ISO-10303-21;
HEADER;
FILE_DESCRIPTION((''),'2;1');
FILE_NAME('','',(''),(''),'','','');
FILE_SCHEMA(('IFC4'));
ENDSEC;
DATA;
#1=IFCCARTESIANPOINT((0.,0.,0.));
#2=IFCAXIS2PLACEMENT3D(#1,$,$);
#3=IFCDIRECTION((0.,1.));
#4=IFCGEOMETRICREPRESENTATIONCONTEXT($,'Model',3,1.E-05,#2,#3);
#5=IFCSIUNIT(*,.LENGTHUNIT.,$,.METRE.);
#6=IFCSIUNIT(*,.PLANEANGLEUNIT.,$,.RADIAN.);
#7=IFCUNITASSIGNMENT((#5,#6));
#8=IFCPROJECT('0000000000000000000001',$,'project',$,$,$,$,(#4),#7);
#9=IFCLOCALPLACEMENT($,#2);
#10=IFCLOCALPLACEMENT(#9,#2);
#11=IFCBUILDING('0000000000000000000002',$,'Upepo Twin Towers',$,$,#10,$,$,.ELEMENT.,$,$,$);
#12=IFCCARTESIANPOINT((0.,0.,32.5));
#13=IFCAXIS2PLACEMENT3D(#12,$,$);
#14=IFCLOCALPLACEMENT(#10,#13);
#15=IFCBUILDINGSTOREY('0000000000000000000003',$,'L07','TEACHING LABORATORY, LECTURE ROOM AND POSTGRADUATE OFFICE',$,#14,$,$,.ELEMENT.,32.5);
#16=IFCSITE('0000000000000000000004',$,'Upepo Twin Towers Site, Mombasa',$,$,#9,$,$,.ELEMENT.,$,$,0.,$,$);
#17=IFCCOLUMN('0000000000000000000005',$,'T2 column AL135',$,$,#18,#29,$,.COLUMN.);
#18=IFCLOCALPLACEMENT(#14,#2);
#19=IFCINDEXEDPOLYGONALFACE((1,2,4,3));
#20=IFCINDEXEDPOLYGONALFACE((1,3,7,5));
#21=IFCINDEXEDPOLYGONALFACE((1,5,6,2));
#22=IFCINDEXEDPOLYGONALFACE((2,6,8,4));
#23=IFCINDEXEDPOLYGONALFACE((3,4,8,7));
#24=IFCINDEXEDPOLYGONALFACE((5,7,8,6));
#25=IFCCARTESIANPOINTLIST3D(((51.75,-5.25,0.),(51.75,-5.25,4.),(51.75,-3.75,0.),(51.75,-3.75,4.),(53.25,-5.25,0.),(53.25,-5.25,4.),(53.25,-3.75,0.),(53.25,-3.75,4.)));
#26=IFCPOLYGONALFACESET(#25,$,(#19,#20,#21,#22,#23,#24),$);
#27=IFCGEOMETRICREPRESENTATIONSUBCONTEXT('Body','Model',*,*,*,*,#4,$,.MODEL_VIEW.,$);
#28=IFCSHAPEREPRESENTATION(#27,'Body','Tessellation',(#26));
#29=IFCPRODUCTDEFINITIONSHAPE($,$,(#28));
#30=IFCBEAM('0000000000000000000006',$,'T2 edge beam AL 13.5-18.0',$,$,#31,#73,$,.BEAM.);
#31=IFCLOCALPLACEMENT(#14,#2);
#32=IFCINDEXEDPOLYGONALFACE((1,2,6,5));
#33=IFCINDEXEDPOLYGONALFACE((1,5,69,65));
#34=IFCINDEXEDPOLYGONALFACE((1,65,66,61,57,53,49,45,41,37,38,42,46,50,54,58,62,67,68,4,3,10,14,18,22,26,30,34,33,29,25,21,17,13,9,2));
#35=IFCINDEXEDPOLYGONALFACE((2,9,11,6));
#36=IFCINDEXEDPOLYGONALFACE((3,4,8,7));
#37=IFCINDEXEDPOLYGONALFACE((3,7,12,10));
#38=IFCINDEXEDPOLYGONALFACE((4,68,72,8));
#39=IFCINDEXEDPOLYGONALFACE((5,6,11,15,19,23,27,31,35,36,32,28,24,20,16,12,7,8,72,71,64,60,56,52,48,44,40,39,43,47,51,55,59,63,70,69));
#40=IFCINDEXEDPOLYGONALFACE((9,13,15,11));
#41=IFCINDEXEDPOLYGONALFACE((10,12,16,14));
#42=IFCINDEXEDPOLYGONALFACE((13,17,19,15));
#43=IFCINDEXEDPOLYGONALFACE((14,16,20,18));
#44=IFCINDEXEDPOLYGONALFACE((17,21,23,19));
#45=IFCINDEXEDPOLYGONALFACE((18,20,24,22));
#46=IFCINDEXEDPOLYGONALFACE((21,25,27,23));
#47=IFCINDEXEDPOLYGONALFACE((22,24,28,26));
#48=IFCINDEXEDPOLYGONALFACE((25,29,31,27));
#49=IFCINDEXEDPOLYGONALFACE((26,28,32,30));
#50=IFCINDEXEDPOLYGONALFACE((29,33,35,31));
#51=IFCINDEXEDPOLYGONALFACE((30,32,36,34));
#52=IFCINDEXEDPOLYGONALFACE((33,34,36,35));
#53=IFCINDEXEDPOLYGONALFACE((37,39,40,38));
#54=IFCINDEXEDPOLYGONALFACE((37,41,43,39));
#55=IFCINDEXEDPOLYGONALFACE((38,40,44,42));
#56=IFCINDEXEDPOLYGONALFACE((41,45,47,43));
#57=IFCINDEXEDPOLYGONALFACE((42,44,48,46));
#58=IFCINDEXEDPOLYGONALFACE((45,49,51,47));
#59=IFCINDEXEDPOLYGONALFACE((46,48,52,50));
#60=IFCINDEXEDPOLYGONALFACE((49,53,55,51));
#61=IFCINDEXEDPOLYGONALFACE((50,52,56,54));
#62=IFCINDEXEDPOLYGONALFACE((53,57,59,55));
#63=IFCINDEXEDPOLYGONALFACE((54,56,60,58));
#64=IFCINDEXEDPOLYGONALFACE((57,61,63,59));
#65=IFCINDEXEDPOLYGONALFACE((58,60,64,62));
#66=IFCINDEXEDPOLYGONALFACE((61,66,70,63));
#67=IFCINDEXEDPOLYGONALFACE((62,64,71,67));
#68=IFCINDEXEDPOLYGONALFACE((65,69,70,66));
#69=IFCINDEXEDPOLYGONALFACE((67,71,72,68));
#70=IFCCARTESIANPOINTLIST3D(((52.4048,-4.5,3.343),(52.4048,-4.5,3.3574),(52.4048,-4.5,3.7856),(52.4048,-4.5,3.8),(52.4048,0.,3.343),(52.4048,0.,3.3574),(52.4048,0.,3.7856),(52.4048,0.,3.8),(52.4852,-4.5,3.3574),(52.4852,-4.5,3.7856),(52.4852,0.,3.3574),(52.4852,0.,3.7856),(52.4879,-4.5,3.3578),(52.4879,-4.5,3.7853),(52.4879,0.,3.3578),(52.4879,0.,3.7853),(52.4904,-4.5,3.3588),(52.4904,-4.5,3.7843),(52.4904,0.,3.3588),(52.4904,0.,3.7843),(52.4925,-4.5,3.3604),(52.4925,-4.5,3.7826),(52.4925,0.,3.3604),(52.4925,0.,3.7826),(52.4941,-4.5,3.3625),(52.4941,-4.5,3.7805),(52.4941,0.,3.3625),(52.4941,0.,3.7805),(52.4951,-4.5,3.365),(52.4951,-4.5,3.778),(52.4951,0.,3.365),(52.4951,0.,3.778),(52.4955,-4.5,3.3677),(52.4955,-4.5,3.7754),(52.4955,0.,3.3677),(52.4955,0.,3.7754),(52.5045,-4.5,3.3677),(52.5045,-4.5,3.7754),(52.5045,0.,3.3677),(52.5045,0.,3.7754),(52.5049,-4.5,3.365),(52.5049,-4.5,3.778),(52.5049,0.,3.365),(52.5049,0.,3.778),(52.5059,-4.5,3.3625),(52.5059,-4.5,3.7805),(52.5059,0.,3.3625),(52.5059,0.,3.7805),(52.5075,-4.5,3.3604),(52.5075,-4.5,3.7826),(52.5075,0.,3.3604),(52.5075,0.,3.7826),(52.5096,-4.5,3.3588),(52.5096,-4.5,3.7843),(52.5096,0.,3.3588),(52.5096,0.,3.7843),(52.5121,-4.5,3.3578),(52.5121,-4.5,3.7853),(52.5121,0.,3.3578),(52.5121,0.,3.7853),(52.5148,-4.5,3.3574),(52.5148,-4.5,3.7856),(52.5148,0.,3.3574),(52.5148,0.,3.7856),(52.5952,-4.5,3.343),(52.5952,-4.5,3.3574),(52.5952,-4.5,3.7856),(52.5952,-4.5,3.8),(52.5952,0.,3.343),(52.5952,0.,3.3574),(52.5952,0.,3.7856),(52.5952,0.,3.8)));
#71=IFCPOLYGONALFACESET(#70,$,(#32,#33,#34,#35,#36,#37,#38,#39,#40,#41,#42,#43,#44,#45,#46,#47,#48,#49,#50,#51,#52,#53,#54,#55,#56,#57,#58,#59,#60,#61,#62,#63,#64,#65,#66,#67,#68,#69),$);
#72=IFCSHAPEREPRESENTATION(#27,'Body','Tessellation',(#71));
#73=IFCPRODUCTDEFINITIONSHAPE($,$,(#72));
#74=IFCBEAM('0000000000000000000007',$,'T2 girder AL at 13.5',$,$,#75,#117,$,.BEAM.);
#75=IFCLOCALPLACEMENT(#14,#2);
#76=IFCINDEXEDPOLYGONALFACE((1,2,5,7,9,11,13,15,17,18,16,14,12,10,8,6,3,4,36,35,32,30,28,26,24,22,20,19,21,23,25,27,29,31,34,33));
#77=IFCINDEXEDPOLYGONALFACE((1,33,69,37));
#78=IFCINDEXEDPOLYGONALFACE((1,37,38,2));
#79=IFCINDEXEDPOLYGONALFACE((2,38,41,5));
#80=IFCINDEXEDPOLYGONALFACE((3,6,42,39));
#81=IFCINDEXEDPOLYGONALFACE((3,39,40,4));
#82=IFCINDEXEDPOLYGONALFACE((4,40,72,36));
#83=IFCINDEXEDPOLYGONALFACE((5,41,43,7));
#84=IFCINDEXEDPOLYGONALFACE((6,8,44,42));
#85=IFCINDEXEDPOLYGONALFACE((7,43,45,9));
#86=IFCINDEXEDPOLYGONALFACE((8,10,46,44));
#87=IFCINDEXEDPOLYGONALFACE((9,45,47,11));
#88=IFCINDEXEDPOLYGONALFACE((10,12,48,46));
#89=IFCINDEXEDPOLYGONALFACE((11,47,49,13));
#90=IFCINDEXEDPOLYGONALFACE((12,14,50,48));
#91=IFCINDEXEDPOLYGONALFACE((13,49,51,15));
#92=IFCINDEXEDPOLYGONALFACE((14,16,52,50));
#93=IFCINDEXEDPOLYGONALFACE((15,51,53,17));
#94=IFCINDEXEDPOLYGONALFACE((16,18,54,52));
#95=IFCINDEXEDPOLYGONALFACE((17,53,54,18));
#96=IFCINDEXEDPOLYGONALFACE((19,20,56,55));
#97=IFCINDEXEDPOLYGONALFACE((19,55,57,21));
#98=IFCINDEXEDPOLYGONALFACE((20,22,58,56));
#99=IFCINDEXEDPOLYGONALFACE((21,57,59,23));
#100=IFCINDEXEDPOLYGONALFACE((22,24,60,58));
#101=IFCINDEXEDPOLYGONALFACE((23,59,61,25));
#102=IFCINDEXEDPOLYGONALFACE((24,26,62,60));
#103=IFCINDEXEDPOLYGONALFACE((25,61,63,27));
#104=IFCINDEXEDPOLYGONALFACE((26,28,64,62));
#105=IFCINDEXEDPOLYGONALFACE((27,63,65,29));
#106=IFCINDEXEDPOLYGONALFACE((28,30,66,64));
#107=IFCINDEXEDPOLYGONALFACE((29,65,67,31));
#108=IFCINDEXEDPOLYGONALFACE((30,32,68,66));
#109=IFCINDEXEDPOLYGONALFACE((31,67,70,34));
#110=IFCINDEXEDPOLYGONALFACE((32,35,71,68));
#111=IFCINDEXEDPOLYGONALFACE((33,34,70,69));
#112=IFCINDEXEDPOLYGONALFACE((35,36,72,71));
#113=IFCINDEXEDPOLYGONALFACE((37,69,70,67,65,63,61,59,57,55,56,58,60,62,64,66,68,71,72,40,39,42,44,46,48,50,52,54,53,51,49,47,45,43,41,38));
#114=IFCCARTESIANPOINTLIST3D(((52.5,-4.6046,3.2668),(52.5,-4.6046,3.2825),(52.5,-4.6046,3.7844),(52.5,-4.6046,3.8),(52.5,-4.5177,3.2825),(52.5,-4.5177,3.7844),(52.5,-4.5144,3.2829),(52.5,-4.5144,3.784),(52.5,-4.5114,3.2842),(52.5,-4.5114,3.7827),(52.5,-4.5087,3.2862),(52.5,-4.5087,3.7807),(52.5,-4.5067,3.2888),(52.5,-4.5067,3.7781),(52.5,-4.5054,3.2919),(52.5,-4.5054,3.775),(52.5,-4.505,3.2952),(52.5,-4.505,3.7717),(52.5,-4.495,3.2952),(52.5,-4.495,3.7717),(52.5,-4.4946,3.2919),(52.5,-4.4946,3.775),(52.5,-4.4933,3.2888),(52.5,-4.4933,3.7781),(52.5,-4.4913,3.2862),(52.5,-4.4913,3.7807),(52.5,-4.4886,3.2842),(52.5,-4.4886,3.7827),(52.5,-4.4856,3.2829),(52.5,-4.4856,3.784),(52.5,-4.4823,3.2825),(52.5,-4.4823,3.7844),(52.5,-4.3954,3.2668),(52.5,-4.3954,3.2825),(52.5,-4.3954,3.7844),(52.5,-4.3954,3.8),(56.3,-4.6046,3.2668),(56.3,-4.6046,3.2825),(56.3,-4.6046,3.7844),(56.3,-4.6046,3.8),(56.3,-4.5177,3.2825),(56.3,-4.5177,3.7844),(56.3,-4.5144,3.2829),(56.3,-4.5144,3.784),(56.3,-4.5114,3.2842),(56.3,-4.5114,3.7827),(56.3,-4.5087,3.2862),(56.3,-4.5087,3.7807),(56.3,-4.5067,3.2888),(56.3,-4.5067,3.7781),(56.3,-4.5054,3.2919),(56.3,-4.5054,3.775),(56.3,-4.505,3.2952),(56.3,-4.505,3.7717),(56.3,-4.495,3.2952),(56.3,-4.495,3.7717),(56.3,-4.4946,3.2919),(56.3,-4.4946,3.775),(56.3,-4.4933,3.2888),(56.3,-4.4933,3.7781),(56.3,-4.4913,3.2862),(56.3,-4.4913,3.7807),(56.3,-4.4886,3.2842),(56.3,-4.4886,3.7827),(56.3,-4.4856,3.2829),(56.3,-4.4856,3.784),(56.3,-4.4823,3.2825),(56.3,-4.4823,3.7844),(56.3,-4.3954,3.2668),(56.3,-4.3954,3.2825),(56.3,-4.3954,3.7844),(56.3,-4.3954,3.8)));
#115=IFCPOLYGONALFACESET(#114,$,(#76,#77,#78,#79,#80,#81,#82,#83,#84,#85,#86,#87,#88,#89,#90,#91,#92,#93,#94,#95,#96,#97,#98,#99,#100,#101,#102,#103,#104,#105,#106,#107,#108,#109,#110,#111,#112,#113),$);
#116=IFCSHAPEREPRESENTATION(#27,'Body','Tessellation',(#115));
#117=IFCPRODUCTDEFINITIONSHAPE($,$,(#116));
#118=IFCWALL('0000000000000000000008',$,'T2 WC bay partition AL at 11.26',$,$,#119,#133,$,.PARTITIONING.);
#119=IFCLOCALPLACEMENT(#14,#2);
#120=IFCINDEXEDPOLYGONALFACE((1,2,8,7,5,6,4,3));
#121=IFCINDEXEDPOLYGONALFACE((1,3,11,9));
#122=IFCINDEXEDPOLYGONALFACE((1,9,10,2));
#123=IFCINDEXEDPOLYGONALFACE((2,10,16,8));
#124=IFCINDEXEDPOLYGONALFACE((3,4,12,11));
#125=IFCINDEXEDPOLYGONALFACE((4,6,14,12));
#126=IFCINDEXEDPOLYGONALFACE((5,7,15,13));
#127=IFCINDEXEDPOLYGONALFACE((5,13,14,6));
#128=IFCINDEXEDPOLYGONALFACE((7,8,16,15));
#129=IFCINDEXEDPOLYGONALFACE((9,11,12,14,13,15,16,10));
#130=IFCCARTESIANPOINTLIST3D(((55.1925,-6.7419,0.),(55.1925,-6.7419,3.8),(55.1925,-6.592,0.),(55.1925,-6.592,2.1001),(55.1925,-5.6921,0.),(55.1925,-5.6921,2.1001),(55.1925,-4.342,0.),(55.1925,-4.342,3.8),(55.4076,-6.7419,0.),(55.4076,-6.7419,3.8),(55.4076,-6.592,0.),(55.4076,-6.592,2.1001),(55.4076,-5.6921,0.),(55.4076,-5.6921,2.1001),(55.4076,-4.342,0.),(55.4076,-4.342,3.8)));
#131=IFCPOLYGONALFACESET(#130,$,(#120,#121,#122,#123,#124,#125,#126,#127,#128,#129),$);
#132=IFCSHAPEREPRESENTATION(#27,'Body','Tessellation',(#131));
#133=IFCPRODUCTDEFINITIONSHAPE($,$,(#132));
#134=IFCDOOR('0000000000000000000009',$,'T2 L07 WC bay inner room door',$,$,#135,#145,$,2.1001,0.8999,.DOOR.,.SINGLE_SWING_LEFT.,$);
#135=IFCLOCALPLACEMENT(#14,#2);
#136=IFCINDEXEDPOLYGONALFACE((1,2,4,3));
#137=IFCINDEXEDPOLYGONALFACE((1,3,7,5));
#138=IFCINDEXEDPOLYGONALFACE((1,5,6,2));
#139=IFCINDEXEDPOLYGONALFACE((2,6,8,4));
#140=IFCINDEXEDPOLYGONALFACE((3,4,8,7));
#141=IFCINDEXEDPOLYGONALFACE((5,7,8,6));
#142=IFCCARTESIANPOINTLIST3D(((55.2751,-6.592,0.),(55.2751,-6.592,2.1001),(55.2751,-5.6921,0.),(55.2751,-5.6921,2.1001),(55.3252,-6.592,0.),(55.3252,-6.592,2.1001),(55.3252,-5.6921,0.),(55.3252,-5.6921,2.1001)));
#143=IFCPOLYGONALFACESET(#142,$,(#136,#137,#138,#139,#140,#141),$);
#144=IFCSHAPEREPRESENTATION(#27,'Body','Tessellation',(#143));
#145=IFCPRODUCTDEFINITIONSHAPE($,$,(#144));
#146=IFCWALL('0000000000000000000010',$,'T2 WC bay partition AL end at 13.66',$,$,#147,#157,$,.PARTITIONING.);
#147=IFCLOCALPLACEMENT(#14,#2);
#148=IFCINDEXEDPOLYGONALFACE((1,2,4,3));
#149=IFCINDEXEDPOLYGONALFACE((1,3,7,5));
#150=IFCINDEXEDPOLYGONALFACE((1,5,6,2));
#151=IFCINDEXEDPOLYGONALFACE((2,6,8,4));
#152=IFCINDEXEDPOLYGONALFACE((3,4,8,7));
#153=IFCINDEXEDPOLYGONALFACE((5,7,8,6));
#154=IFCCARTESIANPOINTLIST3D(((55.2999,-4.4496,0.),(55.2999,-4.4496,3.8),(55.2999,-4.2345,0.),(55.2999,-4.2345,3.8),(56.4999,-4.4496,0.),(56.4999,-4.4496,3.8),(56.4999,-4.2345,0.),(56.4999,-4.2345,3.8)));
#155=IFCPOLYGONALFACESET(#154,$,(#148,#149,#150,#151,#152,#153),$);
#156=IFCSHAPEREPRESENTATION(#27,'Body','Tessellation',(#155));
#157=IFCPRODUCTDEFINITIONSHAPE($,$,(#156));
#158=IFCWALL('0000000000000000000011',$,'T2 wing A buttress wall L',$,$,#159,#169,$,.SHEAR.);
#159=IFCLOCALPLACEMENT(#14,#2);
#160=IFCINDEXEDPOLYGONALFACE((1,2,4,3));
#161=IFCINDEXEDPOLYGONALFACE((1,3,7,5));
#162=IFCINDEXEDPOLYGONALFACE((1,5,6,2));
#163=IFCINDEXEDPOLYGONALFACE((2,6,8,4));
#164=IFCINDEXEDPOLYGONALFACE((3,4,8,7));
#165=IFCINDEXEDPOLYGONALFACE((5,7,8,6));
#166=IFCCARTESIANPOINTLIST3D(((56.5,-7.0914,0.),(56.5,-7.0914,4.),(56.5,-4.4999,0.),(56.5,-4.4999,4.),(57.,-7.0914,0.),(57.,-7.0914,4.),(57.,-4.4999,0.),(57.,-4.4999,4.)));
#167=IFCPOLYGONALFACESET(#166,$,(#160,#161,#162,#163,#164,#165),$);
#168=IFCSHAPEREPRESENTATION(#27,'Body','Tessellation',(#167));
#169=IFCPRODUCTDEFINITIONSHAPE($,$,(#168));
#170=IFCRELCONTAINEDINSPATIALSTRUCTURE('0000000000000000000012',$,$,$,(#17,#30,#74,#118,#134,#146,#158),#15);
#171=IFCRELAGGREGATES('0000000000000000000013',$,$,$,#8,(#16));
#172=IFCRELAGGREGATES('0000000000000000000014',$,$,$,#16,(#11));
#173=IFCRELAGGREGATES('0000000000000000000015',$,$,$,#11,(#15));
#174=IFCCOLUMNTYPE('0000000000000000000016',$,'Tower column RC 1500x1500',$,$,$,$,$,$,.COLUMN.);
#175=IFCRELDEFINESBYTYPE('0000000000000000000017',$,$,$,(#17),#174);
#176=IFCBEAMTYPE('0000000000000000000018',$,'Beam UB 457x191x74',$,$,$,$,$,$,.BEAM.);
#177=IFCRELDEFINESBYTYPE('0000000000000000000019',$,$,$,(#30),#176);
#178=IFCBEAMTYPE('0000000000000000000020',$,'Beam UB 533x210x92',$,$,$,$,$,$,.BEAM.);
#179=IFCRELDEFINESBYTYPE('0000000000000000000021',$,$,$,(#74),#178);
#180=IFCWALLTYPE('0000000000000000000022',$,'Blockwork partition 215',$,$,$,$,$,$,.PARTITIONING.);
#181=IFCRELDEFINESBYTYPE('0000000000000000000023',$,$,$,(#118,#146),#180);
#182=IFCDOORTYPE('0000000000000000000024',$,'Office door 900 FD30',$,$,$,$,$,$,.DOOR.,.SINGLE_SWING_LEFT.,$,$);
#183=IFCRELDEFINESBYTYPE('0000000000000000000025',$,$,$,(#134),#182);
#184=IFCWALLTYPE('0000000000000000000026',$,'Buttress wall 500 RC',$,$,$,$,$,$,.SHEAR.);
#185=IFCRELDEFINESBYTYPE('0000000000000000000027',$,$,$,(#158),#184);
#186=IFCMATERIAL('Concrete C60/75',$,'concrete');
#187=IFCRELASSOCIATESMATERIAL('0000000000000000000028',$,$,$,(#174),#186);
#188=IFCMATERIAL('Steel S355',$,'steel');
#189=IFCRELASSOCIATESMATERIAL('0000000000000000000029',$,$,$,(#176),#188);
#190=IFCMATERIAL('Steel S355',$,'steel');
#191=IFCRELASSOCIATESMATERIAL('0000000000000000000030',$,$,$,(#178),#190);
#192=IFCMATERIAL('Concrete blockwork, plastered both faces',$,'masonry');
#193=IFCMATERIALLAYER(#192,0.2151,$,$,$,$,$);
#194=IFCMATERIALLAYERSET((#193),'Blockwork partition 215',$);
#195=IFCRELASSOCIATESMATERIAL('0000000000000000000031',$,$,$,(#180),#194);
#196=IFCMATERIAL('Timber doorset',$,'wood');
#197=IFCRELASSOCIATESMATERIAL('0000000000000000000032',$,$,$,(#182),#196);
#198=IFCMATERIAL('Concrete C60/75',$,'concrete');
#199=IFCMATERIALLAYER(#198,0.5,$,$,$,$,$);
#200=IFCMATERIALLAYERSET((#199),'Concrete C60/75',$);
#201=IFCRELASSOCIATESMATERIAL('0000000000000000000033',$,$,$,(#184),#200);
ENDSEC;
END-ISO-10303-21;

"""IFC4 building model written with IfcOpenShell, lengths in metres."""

from ifc_helpers import new_model, si_unit, direction, frame, frame_2d, origin, origin_2d, place, context, subcontext, project, spatial, rectangle, i_section, extrude, material, layer, layer_set, material_profile, profile_set, type_object, element, fill, save


model = new_model("IFC4")

# Units and contexts
model_context = context("Model", 3, precision=1e-05, world=origin(), true_north=direction((0.0, 1.0)))
body_context = subcontext(model_context, "Body", "Model", "MODEL_VIEW")
ifc_project = project(units=[si_unit("LENGTHUNIT", "METRE"), si_unit("PLANEANGLEUNIT", "RADIAN")], contexts=[model_context])

# Site, building, storey
site_placement = place(None, origin())
site = spatial("IfcSite", under=ifc_project, at=site_placement, Name="Upepo Twin Towers Site, Mombasa", CompositionType="ELEMENT", RefElevation=0.0)
building_placement = place(site_placement, origin())
building = spatial("IfcBuilding", under=site, at=building_placement, Name="Upepo Twin Towers", CompositionType="ELEMENT")
storey_placement = place(building_placement, frame((0.0, 0.0, 32.5)))
storey = spatial("IfcBuildingStorey", under=building, at=storey_placement, Name="L07", Description="TEACHING LABORATORY, LECTURE ROOM AND POSTGRADUATE OFFICE", CompositionType="ELEMENT", Elevation=32.5)

# Column
ifc_material_1 = material(Name="Concrete C60/75", Category="concrete")
ifc_material_profile_1 = material_profile(ifc_material_1, rectangle(XDim=1.5, YDim=1.5, at=origin_2d()), Name="RC 1500x1500")
ifc_profile_set_1 = profile_set([ifc_material_profile_1], Name="Concrete C60/75")
column_type = type_object("IfcColumnType", Name="Tower column RC 1500x1500", PredefinedType="COLUMN", material=ifc_profile_set_1)
column_placement = place(storey_placement, frame((52.5, -4.5, 0.0), z_axis=(0.0, 0.0, 1.0), x_axis=(1.0, 0.0, 0.0)))
element("IfcColumn", 1, at=column_placement, inside=storey, type_object=column_type, Name="T2 column AL135", PredefinedType="COLUMN", context=body_context, shape_type="SweptSolid", body=[
    extrude(rectangle(XDim=1.5, YDim=1.5, at=origin_2d()), origin(), (0.0, 0.0, 1.0), 4.0),
])

# Beams
ifc_material_2 = material(Name="Steel S355", Category="steel")
ifc_material_profile_2 = material_profile(ifc_material_2, i_section(OverallWidth=0.1904, OverallDepth=0.457, WebThickness=0.009, FlangeThickness=0.0144, FilletRadius=0.0103, at=origin_2d()), Name="UB 457x191x74")
ifc_profile_set_2 = profile_set([ifc_material_profile_2], Name="Steel S355")
beam_type_1 = type_object("IfcBeamType", Name="Beam UB 457x191x74", PredefinedType="BEAM", material=ifc_profile_set_2)
beam_1_placement = place(storey_placement, frame((52.5, -4.5, 3.5715), z_axis=(0.0, 1.0, 0.0), x_axis=(-1.0, 0.0, 0.0)))
element("IfcBeam", 2, at=beam_1_placement, inside=storey, type_object=beam_type_1, Name="T2 edge beam AL 13.5-18.0", PredefinedType="BEAM", context=body_context, shape_type="SweptSolid", body=[
    extrude(i_section(OverallWidth=0.1904, OverallDepth=0.457, WebThickness=0.009, FlangeThickness=0.0144, FilletRadius=0.0103, at=origin_2d()), origin(), (0.0, 0.0, 1.0), 4.5),
])
ifc_material_3 = material(Name="Steel S355", Category="steel")
ifc_material_profile_3 = material_profile(ifc_material_3, i_section(OverallWidth=0.2092, OverallDepth=0.5332, WebThickness=0.01, FlangeThickness=0.0156, FilletRadius=0.0127, at=origin_2d()), Name="UB 533x210x92")
ifc_profile_set_3 = profile_set([ifc_material_profile_3], Name="Steel S355")
beam_type_2 = type_object("IfcBeamType", Name="Beam UB 533x210x92", PredefinedType="BEAM", material=ifc_profile_set_3)
beam_2_placement = place(storey_placement, frame((52.5, -4.5, 3.5334), z_axis=(1.0, 0.0, 0.0), x_axis=(0.0, 1.0, 0.0)))
element("IfcBeam", 3, at=beam_2_placement, inside=storey, type_object=beam_type_2, Name="T2 girder AL at 13.5", PredefinedType="BEAM", context=body_context, shape_type="SweptSolid", body=[
    extrude(i_section(OverallWidth=0.2092, OverallDepth=0.5332, WebThickness=0.01, FlangeThickness=0.0156, FilletRadius=0.0127, at=origin_2d()), origin(), (0.0, 0.0, 1.0), 3.8),
])

# Wall, opening, door
ifc_material_4 = material(Name="Concrete blockwork, plastered both faces", Category="masonry")
ifc_layer_1 = layer(ifc_material_4, 0.2151)
ifc_layer_set_1 = layer_set([ifc_layer_1], Name="Blockwork partition 215")
wall_type_1 = type_object("IfcWallType", Name="Blockwork partition 215", PredefinedType="PARTITIONING", material=ifc_layer_set_1)
wall_1_placement = place(storey_placement, frame((55.3, -6.7419, 0.0), z_axis=(0.0, 0.0, 1.0), x_axis=(0.0, 1.0, 0.0)))
wall_1 = element("IfcWall", 4, at=wall_1_placement, inside=storey, type_object=wall_type_1, Name="T2 WC bay partition AL at 11.26", PredefinedType="PARTITIONING", context=body_context, shape_type="SweptSolid", body=[
    extrude(rectangle(XDim=2.3999, YDim=0.2151, at=frame_2d((1.2, 0.0))), origin(), (0.0, 0.0, 1.0), 3.8),
])
opening_1_placement = place(wall_1_placement, frame((0.1499, 0.0, 0.0)))
opening_1 = element("IfcOpeningElement", 5, at=opening_1_placement, cuts=wall_1, PredefinedType="OPENING", context=body_context, shape_type="SweptSolid", body=[
    extrude(rectangle(XDim=0.8999, YDim=2.1001, at=frame_2d((0.45, 1.05))), frame((0.0, 0.1174, 0.0), z_axis=(0.0, -1.0, 0.0), x_axis=(1.0, 0.0, 0.0)), (0.0, 0.0, 1.0), 0.2351),
])
ifc_material_5 = material(Name="Timber doorset", Category="wood")
door_type_1 = type_object("IfcDoorType", Name="Office door 900 FD30", OperationType="SINGLE_SWING_LEFT", PredefinedType="DOOR", material=ifc_material_5)
door_1_placement = place(opening_1_placement, origin())
door_1 = element("IfcDoor", 6, at=door_1_placement, inside=storey, type_object=door_type_1, Name="T2 L07 WC bay inner room door", OperationType="SINGLE_SWING_LEFT", OverallHeight=2.1001, OverallWidth=0.8999, PredefinedType="DOOR", context=body_context, shape_type="SweptSolid", body=[
    extrude(rectangle(XDim=0.8999, YDim=2.1001, at=frame_2d((0.45, 1.05))), frame((0.0, 0.0249, 0.0), z_axis=(0.0, -1.0, 0.0), x_axis=(1.0, 0.0, 0.0)), (0.0, 0.0, 1.0), 0.05),
])
fill(opening_1, door_1)

# Walls
wall_2_placement = place(storey_placement, frame((56.5, -4.342, 0.0), z_axis=(0.0, 0.0, 1.0), x_axis=(-1.0, 0.0, 0.0)))
element("IfcWall", 7, at=wall_2_placement, inside=storey, type_object=wall_type_1, Name="T2 WC bay partition AL end at 13.66", PredefinedType="PARTITIONING", context=body_context, shape_type="SweptSolid", body=[
    extrude(rectangle(XDim=1.2, YDim=0.2151, at=frame_2d((0.6001, 0.0))), origin(), (0.0, 0.0, 1.0), 3.8),
])
ifc_material_6 = material(Name="Concrete C60/75", Category="concrete")
ifc_layer_2 = layer(ifc_material_6, 0.5)
ifc_layer_set_2 = layer_set([ifc_layer_2], Name="Concrete C60/75")
wall_type_2 = type_object("IfcWallType", Name="Buttress wall 500 RC", PredefinedType="SHEAR", material=ifc_layer_set_2)
wall_3_placement = place(storey_placement, frame((56.75, -7.0916, 0.0), z_axis=(0.0, 0.0, 1.0), x_axis=(0.0, 1.0, 0.0)))
element("IfcWall", 8, at=wall_3_placement, inside=storey, type_object=wall_type_2, Name="T2 wing A buttress wall L", PredefinedType="SHEAR", context=body_context, shape_type="SweptSolid", body=[
    extrude(rectangle(XDim=2.5916, YDim=0.5, at=frame_2d((1.2959, 0.0))), origin(), (0.0, 0.0, 1.0), 4.0),
])

save(model, "model.ifc")
